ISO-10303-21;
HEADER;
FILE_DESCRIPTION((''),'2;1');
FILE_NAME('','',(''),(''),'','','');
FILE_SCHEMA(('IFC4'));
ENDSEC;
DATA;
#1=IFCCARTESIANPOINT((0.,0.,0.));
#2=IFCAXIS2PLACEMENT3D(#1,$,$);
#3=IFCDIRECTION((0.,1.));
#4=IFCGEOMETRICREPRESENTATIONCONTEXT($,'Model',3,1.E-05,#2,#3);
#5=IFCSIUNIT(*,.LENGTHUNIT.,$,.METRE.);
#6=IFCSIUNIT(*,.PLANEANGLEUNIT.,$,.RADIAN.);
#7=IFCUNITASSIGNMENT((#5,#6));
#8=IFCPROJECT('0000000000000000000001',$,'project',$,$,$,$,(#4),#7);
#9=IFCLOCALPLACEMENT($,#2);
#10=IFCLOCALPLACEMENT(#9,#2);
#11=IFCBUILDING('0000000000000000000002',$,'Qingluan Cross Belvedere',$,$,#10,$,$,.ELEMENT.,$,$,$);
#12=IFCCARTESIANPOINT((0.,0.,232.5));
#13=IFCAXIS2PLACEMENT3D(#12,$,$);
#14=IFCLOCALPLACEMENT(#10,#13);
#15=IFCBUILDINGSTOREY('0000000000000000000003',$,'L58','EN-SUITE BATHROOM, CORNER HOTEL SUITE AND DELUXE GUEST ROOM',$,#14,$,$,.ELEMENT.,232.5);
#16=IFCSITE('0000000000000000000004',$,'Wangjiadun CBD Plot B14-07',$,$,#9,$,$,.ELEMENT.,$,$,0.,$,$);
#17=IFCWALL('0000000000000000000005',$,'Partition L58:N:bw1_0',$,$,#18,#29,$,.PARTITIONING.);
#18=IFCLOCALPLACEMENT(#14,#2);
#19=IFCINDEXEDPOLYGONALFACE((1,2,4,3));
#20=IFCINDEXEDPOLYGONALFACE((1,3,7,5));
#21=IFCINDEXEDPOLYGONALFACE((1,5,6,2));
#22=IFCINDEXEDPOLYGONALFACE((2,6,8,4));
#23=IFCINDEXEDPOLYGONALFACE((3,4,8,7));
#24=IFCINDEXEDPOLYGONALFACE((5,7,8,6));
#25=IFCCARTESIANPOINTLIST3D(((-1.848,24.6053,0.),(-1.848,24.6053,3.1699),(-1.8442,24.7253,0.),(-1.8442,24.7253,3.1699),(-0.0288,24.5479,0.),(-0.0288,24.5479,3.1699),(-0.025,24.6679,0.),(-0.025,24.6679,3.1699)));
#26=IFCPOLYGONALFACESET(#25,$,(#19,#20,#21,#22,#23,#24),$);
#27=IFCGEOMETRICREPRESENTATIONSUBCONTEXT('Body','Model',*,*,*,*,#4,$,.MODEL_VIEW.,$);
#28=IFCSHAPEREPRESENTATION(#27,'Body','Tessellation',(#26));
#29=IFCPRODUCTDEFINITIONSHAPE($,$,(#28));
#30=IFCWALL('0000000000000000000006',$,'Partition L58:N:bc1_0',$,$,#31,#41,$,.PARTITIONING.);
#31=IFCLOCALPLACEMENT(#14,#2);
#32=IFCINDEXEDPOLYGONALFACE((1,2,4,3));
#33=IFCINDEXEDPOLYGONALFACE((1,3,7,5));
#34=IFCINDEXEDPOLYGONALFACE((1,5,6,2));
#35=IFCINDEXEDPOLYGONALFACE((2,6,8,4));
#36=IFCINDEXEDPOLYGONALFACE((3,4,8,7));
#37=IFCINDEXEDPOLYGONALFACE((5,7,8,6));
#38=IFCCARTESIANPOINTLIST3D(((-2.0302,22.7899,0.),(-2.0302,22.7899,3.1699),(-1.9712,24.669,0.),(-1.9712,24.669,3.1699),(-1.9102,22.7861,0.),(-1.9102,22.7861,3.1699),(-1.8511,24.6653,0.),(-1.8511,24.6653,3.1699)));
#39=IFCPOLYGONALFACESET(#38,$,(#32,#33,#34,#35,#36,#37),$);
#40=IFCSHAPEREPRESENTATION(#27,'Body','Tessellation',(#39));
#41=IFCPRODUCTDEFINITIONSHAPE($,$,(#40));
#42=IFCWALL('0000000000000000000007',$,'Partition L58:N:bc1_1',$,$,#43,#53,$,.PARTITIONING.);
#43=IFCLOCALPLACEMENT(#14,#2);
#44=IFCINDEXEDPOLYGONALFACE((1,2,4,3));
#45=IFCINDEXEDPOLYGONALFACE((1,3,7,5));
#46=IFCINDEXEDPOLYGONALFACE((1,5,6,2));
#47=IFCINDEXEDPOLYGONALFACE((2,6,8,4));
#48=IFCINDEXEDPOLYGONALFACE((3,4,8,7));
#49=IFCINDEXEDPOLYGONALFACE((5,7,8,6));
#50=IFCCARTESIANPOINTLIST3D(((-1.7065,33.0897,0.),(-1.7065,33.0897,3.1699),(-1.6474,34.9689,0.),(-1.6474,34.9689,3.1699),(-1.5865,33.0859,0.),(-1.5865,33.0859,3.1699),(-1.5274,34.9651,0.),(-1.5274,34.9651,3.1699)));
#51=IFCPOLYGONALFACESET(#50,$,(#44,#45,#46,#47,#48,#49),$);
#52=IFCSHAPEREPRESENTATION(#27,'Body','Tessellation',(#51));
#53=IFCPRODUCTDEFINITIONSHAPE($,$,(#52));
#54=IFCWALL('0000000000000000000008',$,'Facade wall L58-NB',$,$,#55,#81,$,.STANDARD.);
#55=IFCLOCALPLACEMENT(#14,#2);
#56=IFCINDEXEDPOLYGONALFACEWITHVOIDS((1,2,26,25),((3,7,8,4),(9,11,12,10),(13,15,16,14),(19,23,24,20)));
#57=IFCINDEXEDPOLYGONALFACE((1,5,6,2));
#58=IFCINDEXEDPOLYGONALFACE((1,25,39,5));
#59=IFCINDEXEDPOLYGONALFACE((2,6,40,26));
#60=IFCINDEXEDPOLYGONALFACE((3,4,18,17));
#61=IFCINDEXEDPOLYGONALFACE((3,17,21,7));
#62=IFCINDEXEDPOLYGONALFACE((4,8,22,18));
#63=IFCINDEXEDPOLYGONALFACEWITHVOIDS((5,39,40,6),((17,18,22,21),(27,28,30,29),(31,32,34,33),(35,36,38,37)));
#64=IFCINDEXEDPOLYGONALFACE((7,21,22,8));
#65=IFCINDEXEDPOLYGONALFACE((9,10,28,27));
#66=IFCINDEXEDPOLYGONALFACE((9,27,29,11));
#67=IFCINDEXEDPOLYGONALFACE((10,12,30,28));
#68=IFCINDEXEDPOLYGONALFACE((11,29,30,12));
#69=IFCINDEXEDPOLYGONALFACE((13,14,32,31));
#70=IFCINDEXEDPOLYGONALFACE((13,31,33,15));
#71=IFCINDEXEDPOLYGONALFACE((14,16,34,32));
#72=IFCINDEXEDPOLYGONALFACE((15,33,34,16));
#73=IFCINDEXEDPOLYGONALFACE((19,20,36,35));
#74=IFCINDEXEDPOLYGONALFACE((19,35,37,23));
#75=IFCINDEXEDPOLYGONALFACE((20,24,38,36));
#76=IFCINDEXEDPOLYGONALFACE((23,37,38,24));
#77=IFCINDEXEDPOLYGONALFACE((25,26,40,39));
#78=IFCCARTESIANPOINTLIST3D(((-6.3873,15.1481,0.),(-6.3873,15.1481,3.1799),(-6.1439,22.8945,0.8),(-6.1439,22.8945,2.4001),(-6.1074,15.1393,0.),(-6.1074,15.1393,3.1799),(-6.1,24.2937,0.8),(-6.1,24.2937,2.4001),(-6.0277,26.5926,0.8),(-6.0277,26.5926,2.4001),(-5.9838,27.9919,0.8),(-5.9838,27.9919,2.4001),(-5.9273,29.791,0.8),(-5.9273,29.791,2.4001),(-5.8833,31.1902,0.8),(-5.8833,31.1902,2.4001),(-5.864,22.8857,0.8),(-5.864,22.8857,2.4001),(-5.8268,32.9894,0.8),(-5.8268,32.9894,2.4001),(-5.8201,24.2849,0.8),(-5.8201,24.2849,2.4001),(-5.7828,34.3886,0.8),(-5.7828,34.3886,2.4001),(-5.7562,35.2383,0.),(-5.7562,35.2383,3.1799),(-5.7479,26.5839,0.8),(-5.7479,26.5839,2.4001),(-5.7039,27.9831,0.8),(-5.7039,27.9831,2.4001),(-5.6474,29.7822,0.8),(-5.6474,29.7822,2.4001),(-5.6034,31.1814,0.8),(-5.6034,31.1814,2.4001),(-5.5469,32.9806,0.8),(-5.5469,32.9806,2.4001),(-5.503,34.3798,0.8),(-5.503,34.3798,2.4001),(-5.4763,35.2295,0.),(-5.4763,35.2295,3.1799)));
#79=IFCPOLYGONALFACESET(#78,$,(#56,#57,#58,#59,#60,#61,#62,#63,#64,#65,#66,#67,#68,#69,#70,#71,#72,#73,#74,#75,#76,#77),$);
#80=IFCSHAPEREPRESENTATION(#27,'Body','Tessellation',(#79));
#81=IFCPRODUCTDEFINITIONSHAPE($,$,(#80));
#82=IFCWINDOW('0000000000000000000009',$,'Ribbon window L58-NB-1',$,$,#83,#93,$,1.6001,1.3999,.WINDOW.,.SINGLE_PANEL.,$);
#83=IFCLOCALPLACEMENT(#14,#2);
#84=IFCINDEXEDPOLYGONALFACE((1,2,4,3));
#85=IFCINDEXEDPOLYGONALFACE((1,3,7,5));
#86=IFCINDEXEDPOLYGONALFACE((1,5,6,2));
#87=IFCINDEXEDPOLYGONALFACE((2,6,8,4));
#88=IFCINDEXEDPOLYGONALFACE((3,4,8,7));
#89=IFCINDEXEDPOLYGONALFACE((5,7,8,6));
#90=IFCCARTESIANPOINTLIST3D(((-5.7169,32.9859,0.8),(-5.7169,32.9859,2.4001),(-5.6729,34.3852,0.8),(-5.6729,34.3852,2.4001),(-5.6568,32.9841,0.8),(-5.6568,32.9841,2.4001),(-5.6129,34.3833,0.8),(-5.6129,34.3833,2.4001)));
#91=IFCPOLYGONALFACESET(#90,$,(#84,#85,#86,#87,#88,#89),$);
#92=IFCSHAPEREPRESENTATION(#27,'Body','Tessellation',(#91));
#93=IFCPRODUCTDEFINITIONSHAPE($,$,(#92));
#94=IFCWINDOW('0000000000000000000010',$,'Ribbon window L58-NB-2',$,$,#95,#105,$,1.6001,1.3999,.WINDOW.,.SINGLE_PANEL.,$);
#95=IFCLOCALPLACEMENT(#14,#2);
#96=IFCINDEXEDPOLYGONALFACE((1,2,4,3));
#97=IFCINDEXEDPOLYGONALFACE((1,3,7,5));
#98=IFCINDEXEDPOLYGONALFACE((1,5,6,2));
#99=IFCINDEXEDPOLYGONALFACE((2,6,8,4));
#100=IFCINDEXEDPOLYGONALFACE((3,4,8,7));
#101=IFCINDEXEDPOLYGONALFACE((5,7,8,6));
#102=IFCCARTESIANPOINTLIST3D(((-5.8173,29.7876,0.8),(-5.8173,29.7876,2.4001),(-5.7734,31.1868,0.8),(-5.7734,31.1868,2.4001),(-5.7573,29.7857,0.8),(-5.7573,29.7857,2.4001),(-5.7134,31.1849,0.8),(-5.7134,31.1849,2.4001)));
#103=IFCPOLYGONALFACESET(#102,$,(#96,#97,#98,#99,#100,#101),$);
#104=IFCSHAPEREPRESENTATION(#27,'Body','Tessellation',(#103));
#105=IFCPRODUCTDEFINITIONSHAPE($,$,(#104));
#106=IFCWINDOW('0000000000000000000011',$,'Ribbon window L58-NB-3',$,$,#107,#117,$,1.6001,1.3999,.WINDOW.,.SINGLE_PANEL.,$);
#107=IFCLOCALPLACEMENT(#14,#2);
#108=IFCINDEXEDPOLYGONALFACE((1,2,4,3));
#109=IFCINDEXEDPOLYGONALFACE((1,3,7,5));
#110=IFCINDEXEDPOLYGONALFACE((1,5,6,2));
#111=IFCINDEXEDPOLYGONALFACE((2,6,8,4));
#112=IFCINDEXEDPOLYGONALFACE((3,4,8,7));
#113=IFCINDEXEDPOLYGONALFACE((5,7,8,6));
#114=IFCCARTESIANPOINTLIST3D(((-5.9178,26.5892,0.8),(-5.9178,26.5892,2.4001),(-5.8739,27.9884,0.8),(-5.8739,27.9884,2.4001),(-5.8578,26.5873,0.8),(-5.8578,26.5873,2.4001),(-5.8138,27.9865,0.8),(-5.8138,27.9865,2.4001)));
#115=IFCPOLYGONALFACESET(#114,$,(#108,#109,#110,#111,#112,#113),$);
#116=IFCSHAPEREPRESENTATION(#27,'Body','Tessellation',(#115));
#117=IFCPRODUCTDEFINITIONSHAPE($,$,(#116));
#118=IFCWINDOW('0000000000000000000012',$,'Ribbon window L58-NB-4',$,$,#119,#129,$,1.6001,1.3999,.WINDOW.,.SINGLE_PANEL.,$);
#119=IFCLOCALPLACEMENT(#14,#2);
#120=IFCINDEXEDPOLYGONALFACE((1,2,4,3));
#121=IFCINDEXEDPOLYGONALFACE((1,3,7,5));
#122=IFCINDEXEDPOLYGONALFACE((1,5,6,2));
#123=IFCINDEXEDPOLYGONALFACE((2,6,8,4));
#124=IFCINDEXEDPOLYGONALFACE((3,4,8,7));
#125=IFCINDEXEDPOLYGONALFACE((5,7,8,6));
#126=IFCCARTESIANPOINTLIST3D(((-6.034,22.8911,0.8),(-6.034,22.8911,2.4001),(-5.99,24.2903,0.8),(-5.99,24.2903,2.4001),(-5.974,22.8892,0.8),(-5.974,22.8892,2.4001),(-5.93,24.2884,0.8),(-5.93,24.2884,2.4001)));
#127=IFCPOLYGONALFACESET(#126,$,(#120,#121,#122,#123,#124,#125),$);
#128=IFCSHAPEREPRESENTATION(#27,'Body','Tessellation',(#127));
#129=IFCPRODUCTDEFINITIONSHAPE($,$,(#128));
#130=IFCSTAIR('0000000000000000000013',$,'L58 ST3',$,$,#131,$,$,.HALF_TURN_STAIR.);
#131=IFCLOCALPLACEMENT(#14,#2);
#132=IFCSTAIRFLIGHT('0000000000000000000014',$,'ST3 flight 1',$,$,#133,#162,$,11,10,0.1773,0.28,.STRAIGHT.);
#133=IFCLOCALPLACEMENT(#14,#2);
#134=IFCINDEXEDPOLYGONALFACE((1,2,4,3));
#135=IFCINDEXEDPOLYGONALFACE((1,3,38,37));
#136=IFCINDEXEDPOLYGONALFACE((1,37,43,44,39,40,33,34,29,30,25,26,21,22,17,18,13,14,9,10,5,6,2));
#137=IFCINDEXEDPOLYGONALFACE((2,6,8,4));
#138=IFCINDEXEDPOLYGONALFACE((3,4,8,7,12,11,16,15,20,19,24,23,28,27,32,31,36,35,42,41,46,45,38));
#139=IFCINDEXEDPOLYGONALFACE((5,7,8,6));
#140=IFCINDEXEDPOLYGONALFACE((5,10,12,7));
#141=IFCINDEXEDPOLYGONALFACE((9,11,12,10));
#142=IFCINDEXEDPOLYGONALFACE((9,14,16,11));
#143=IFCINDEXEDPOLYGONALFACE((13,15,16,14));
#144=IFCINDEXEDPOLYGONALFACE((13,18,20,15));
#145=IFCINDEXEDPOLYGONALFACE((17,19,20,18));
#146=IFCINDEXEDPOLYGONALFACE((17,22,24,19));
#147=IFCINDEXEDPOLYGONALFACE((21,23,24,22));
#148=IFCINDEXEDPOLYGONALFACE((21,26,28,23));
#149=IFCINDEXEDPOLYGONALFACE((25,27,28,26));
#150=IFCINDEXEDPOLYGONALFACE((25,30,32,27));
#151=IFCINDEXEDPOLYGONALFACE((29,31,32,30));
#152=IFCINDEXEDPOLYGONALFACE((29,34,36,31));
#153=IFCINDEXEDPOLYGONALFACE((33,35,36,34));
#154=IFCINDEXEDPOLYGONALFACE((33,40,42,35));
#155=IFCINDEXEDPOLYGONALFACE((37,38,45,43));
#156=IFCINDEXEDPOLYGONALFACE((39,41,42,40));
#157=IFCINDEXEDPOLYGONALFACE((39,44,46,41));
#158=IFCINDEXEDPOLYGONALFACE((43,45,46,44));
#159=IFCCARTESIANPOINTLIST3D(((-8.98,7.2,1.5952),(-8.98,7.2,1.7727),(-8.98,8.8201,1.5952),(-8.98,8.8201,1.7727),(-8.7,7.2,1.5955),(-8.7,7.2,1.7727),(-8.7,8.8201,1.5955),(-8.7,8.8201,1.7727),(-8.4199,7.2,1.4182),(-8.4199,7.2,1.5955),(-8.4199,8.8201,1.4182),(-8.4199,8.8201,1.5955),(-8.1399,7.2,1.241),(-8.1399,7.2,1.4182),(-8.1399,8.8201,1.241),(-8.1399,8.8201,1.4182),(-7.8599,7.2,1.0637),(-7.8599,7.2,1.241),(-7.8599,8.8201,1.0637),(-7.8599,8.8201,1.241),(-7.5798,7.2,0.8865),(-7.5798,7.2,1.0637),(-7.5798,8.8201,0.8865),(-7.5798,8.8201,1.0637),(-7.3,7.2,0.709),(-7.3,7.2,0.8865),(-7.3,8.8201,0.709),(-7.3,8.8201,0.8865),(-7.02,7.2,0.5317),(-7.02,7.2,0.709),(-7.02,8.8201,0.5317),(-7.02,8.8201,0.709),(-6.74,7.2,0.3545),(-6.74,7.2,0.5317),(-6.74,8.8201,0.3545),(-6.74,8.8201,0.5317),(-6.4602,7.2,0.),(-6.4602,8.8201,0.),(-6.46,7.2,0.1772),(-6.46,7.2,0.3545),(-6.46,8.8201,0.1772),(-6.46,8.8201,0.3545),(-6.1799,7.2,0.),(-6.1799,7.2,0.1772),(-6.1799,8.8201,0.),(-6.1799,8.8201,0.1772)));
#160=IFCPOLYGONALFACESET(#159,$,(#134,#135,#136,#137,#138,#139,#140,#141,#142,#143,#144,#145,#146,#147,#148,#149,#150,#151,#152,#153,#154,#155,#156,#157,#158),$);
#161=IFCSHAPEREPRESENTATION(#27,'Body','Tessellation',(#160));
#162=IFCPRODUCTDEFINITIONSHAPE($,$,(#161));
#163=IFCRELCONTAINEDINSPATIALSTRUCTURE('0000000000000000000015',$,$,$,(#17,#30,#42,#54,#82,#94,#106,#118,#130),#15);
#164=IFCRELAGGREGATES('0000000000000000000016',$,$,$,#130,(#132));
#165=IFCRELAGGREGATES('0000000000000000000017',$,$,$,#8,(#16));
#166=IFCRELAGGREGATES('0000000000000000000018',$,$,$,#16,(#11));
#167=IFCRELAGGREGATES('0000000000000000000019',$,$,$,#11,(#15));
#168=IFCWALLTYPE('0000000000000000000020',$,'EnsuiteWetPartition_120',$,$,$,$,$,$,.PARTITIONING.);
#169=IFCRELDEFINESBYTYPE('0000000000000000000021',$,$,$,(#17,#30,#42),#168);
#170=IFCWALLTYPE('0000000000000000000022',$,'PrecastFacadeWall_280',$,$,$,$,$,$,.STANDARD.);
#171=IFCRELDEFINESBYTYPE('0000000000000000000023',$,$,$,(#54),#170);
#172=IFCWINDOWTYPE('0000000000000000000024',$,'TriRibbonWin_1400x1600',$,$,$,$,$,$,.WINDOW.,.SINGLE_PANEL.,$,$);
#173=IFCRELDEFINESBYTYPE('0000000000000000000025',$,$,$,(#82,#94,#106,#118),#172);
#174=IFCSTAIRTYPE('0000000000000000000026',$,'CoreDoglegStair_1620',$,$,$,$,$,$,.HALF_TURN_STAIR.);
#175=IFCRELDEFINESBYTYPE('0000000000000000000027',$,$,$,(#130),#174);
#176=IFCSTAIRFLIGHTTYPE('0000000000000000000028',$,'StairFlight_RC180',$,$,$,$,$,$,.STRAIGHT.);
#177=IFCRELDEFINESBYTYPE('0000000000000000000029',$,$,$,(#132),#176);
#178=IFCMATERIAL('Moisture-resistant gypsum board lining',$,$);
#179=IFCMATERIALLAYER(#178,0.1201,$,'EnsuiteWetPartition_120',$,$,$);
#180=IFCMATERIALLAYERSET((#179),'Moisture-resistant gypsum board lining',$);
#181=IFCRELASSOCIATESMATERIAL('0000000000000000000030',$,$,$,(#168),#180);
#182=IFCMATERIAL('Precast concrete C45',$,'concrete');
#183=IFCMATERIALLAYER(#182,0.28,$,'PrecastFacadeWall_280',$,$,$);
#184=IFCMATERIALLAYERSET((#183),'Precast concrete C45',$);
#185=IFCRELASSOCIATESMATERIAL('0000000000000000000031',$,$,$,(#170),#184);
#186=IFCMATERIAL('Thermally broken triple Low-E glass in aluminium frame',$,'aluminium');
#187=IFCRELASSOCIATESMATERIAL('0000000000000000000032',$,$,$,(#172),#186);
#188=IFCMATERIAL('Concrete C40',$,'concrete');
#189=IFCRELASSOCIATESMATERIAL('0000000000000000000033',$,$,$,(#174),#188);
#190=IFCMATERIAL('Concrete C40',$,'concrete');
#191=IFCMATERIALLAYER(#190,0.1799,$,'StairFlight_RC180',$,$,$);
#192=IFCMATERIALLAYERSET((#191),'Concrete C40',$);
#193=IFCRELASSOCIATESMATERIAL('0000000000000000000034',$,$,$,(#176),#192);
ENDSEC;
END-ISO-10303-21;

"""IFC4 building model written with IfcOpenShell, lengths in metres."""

from ifc_helpers import new_model, si_unit, direction, frame, frame_2d, origin, place, context, subcontext, project, spatial, polyline, rectangle, outline, extrude, material, layer, layer_set, type_object, element, fill, aggregate, save


model = new_model("IFC4")

# Units and contexts
model_context = context("Model", 3, precision=1e-05, world=origin(), true_north=direction((0.0, 1.0)))
body_context = subcontext(model_context, "Body", "Model", "MODEL_VIEW")
ifc_project = project(units=[si_unit("LENGTHUNIT", "METRE"), si_unit("PLANEANGLEUNIT", "RADIAN")], contexts=[model_context])

# Site, building, storey
site_placement = place(None, origin())
site = spatial("IfcSite", under=ifc_project, at=site_placement, Name="Wangjiadun CBD Plot B14-07", CompositionType="ELEMENT", RefElevation=0.0)
building_placement = place(site_placement, origin())
building = spatial("IfcBuilding", under=site, at=building_placement, Name="Qingluan Cross Belvedere", CompositionType="ELEMENT")
storey_placement = place(building_placement, frame((0.0, 0.0, 232.5)))
storey = spatial("IfcBuildingStorey", under=building, at=storey_placement, Name="L58", Description="EN-SUITE BATHROOM, CORNER HOTEL SUITE AND DELUXE GUEST ROOM", CompositionType="ELEMENT", Elevation=232.5)

# Shared definitions
ifc_material_1 = material(Name="Moisture-resistant gypsum board lining")
ifc_layer_1 = layer(ifc_material_1, 0.1201, Name="EnsuiteWetPartition_120")
ifc_layer_set_1 = layer_set([ifc_layer_1], Name="Moisture-resistant gypsum board lining")
wall_type_1 = type_object("IfcWallType", Name="EnsuiteWetPartition_120", PredefinedType="PARTITIONING", material=ifc_layer_set_1)

# Walls
wall_1_placement = place(storey_placement, frame((-1.8462, 24.6653, 0.0), z_axis=(0.0, 0.0, 1.0), x_axis=(0.999503, -0.031524, 0.0)))
element("IfcWall", 1, at=wall_1_placement, inside=storey, type_object=wall_type_1, Name="Partition L58:N:bw1_0", PredefinedType="PARTITIONING", context=body_context, shape_type="SweptSolid", body=[
    extrude(rectangle(XDim=1.8201, YDim=0.1201, at=frame_2d((0.9102, 0.0))), origin(), (0.0, 0.0, 1.0), 3.1699),
])
for number, where, z_axis, x_axis, name in (
    (2, (-1.9702, 22.7881, 0.0), (0.0, 0.0, 1.0), (0.031425, 0.999506, 0.0), "Partition L58:N:bc1_0"),
    (3, (-1.6465, 33.0879, 0.0), (0.0, 0.0, 1.0), (0.031425, 0.999506, 0.0), "Partition L58:N:bc1_1"),
):
    element("IfcWall", number, at=place(storey_placement, frame(where, z_axis=z_axis, x_axis=x_axis)), inside=storey, type_object=wall_type_1, Name=name, PredefinedType="PARTITIONING", context=body_context, shape_type="SweptSolid", body=[
        extrude(rectangle(XDim=1.8801, YDim=0.1201, at=frame_2d((0.9399, 0.0))), origin(), (0.0, 0.0, 1.0), 3.1699),
    ])

# Wall, openings, windows
ifc_material_2 = material(Name="Precast concrete C45", Category="concrete")
ifc_layer_2 = layer(ifc_material_2, 0.28, Name="PrecastFacadeWall_280")
ifc_layer_set_2 = layer_set([ifc_layer_2], Name="Precast concrete C45")
wall_type_2 = type_object("IfcWallType", Name="PrecastFacadeWall_280", PredefinedType="STANDARD", material=ifc_layer_set_2)
wall_2_placement = place(storey_placement, frame((-5.6162, 35.2339, 0.0), z_axis=(0.0, 0.0, 1.0), x_axis=(-0.031398, -0.999507, 0.0)))
wall_2 = element("IfcWall", 4, at=wall_2_placement, inside=storey, type_object=wall_type_2, Name="Facade wall L58-NB", PredefinedType="STANDARD", context=body_context, shape_type="SweptSolid", body=[
    extrude(rectangle(XDim=20.1001, YDim=0.28, at=frame_2d((10.05, 0.0))), origin(), (0.0, 0.0, 1.0), 3.1799),
])
opening_1_placement = place(wall_2_placement, frame((0.8501, 0.0, 0.8)))
opening_1 = element("IfcOpeningElement", 5, at=opening_1_placement, cuts=wall_2, PredefinedType="OPENING", context=body_context, shape_type="SweptSolid", body=[
    extrude(rectangle(XDim=1.3999, YDim=1.6001, at=frame_2d((0.7, 0.8))), frame((0.0, 0.1499, 0.0), z_axis=(0.0, -1.0, 0.0), x_axis=(1.0, 0.0, 0.0)), (0.0, 0.0, 1.0), 0.3),
])
opening_2_placement = place(wall_2_placement, frame((4.05, 0.0, 0.8)))
opening_2 = element("IfcOpeningElement", 6, at=opening_2_placement, cuts=wall_2, PredefinedType="OPENING", context=body_context, shape_type="SweptSolid", body=[
    extrude(rectangle(XDim=1.3999, YDim=1.6001, at=frame_2d((0.7, 0.8))), frame((0.0, 0.1499, 0.0), z_axis=(0.0, -1.0, 0.0), x_axis=(1.0, 0.0, 0.0)), (0.0, 0.0, 1.0), 0.3),
])
opening_3_placement = place(wall_2_placement, frame((7.25, 0.0, 0.8)))
opening_3 = element("IfcOpeningElement", 7, at=opening_3_placement, cuts=wall_2, PredefinedType="OPENING", context=body_context, shape_type="SweptSolid", body=[
    extrude(rectangle(XDim=1.3999, YDim=1.6001, at=frame_2d((0.7, 0.8))), frame((0.0, 0.1499, 0.0), z_axis=(0.0, -1.0, 0.0), x_axis=(1.0, 0.0, 0.0)), (0.0, 0.0, 1.0), 0.3),
])
opening_4_placement = place(wall_2_placement, frame((10.95, 0.0, 0.8)))
opening_4 = element("IfcOpeningElement", 8, at=opening_4_placement, cuts=wall_2, PredefinedType="OPENING", context=body_context, shape_type="SweptSolid", body=[
    extrude(rectangle(XDim=1.3999, YDim=1.6001, at=frame_2d((0.7, 0.8))), frame((0.0, 0.1499, 0.0), z_axis=(0.0, -1.0, 0.0), x_axis=(1.0, 0.0, 0.0)), (0.0, 0.0, 1.0), 0.3),
])
ifc_material_3 = material(Name="Thermally broken triple Low-E glass in aluminium frame", Category="aluminium")
window_type = type_object("IfcWindowType", Name="TriRibbonWin_1400x1600", PartitioningType="SINGLE_PANEL", PredefinedType="WINDOW", material=ifc_material_3)
window_1_placement = place(opening_1_placement, origin())
window_1 = element("IfcWindow", 9, at=window_1_placement, inside=storey, type_object=window_type, Name="Ribbon window L58-NB-1", OverallHeight=1.6001, OverallWidth=1.3999, PartitioningType="SINGLE_PANEL", PredefinedType="WINDOW", context=body_context, shape_type="SweptSolid", body=[
    extrude(rectangle(XDim=1.3999, YDim=1.6001, at=frame_2d((0.7, 0.8))), frame((0.0, 0.03, 0.0), z_axis=(0.0, -1.0, 0.0), x_axis=(1.0, 0.0, 0.0)), (0.0, 0.0, 1.0), 0.0601),
])
fill(opening_1, window_1)
window_2_placement = place(opening_2_placement, origin())
window_2 = element("IfcWindow", 10, at=window_2_placement, inside=storey, type_object=window_type, Name="Ribbon window L58-NB-2", OverallHeight=1.6001, OverallWidth=1.3999, PartitioningType="SINGLE_PANEL", PredefinedType="WINDOW", context=body_context, shape_type="SweptSolid", body=[
    extrude(rectangle(XDim=1.3999, YDim=1.6001, at=frame_2d((0.7, 0.8))), frame((0.0, 0.03, 0.0), z_axis=(0.0, -1.0, 0.0), x_axis=(1.0, 0.0, 0.0)), (0.0, 0.0, 1.0), 0.0601),
])
fill(opening_2, window_2)
window_3_placement = place(opening_3_placement, origin())
window_3 = element("IfcWindow", 11, at=window_3_placement, inside=storey, type_object=window_type, Name="Ribbon window L58-NB-3", OverallHeight=1.6001, OverallWidth=1.3999, PartitioningType="SINGLE_PANEL", PredefinedType="WINDOW", context=body_context, shape_type="SweptSolid", body=[
    extrude(rectangle(XDim=1.3999, YDim=1.6001, at=frame_2d((0.7, 0.8))), frame((0.0, 0.03, 0.0), z_axis=(0.0, -1.0, 0.0), x_axis=(1.0, 0.0, 0.0)), (0.0, 0.0, 1.0), 0.0601),
])
fill(opening_3, window_3)
window_4_placement = place(opening_4_placement, origin())
window_4 = element("IfcWindow", 12, at=window_4_placement, inside=storey, type_object=window_type, Name="Ribbon window L58-NB-4", OverallHeight=1.6001, OverallWidth=1.3999, PartitioningType="SINGLE_PANEL", PredefinedType="WINDOW", context=body_context, shape_type="SweptSolid", body=[
    extrude(rectangle(XDim=1.3999, YDim=1.6001, at=frame_2d((0.7, 0.8))), frame((0.0, 0.03, 0.0), z_axis=(0.0, -1.0, 0.0), x_axis=(1.0, 0.0, 0.0)), (0.0, 0.0, 1.0), 0.0601),
])
fill(opening_4, window_4)

# Stair, stair flight
ifc_material_4 = material(Name="Concrete C40", Category="concrete")
stair_type = type_object("IfcStairType", Name="CoreDoglegStair_1620", PredefinedType="HALF_TURN_STAIR", material=ifc_material_4)
stair_placement = place(storey_placement, origin())
stair = element("IfcStair", 13, at=stair_placement, inside=storey, type_object=stair_type, Name="L58 ST3", PredefinedType="HALF_TURN_STAIR")
ifc_material_5 = material(Name="Concrete C40", Category="concrete")
ifc_layer_3 = layer(ifc_material_5, 0.1799, Name="StairFlight_RC180")
ifc_layer_set_3 = layer_set([ifc_layer_3], Name="Concrete C40")
stair_flight_type = type_object("IfcStairFlightType", Name="StairFlight_RC180", PredefinedType="STRAIGHT", material=ifc_layer_set_3)
stair_flight_placement = place(storey_placement, frame((-6.1799, 8.01, 0.0), z_axis=(0.0, 0.0, 1.0), x_axis=(-1.0, 0.0, 0.0)))
stair_flight = element("IfcStairFlight", 14, at=stair_flight_placement, type_object=stair_flight_type, Name="ST3 flight 1", NumberOfRisers=11, NumberOfTreads=10, PredefinedType="STRAIGHT", RiserHeight=0.1773, TreadLength=0.28, context=body_context, shape_type="SweptSolid", body=[
    extrude(outline(polyline([(0.0, 0.0), (0.0, 0.1772), (0.28, 0.1772), (0.28, 0.3545), (0.5601, 0.3545), (0.5601, 0.5317), (0.8401, 0.5317), (0.8401, 0.709), (1.1201, 0.709), (1.1201, 0.8865), (1.3999, 0.8865), (1.3999, 1.0637), (1.6799, 1.0637), (1.6799, 1.241), (1.96, 1.241), (1.96, 1.4182), (2.24, 1.4182), (2.24, 1.5955), (2.52, 1.5955), (2.52, 1.7727), (2.8, 1.7727), (2.8, 1.95), (2.8, 1.5952), (0.2803, 0.0), (0.0, 0.0)])), frame((0.0, 0.8101, 0.0), z_axis=(0.0, -1.0, 0.0), x_axis=(1.0, 0.0, 0.0)), (0.0, 0.0, 1.0), 1.6201),
])
aggregate(stair, [stair_flight])

save(model, "model.ifc")
